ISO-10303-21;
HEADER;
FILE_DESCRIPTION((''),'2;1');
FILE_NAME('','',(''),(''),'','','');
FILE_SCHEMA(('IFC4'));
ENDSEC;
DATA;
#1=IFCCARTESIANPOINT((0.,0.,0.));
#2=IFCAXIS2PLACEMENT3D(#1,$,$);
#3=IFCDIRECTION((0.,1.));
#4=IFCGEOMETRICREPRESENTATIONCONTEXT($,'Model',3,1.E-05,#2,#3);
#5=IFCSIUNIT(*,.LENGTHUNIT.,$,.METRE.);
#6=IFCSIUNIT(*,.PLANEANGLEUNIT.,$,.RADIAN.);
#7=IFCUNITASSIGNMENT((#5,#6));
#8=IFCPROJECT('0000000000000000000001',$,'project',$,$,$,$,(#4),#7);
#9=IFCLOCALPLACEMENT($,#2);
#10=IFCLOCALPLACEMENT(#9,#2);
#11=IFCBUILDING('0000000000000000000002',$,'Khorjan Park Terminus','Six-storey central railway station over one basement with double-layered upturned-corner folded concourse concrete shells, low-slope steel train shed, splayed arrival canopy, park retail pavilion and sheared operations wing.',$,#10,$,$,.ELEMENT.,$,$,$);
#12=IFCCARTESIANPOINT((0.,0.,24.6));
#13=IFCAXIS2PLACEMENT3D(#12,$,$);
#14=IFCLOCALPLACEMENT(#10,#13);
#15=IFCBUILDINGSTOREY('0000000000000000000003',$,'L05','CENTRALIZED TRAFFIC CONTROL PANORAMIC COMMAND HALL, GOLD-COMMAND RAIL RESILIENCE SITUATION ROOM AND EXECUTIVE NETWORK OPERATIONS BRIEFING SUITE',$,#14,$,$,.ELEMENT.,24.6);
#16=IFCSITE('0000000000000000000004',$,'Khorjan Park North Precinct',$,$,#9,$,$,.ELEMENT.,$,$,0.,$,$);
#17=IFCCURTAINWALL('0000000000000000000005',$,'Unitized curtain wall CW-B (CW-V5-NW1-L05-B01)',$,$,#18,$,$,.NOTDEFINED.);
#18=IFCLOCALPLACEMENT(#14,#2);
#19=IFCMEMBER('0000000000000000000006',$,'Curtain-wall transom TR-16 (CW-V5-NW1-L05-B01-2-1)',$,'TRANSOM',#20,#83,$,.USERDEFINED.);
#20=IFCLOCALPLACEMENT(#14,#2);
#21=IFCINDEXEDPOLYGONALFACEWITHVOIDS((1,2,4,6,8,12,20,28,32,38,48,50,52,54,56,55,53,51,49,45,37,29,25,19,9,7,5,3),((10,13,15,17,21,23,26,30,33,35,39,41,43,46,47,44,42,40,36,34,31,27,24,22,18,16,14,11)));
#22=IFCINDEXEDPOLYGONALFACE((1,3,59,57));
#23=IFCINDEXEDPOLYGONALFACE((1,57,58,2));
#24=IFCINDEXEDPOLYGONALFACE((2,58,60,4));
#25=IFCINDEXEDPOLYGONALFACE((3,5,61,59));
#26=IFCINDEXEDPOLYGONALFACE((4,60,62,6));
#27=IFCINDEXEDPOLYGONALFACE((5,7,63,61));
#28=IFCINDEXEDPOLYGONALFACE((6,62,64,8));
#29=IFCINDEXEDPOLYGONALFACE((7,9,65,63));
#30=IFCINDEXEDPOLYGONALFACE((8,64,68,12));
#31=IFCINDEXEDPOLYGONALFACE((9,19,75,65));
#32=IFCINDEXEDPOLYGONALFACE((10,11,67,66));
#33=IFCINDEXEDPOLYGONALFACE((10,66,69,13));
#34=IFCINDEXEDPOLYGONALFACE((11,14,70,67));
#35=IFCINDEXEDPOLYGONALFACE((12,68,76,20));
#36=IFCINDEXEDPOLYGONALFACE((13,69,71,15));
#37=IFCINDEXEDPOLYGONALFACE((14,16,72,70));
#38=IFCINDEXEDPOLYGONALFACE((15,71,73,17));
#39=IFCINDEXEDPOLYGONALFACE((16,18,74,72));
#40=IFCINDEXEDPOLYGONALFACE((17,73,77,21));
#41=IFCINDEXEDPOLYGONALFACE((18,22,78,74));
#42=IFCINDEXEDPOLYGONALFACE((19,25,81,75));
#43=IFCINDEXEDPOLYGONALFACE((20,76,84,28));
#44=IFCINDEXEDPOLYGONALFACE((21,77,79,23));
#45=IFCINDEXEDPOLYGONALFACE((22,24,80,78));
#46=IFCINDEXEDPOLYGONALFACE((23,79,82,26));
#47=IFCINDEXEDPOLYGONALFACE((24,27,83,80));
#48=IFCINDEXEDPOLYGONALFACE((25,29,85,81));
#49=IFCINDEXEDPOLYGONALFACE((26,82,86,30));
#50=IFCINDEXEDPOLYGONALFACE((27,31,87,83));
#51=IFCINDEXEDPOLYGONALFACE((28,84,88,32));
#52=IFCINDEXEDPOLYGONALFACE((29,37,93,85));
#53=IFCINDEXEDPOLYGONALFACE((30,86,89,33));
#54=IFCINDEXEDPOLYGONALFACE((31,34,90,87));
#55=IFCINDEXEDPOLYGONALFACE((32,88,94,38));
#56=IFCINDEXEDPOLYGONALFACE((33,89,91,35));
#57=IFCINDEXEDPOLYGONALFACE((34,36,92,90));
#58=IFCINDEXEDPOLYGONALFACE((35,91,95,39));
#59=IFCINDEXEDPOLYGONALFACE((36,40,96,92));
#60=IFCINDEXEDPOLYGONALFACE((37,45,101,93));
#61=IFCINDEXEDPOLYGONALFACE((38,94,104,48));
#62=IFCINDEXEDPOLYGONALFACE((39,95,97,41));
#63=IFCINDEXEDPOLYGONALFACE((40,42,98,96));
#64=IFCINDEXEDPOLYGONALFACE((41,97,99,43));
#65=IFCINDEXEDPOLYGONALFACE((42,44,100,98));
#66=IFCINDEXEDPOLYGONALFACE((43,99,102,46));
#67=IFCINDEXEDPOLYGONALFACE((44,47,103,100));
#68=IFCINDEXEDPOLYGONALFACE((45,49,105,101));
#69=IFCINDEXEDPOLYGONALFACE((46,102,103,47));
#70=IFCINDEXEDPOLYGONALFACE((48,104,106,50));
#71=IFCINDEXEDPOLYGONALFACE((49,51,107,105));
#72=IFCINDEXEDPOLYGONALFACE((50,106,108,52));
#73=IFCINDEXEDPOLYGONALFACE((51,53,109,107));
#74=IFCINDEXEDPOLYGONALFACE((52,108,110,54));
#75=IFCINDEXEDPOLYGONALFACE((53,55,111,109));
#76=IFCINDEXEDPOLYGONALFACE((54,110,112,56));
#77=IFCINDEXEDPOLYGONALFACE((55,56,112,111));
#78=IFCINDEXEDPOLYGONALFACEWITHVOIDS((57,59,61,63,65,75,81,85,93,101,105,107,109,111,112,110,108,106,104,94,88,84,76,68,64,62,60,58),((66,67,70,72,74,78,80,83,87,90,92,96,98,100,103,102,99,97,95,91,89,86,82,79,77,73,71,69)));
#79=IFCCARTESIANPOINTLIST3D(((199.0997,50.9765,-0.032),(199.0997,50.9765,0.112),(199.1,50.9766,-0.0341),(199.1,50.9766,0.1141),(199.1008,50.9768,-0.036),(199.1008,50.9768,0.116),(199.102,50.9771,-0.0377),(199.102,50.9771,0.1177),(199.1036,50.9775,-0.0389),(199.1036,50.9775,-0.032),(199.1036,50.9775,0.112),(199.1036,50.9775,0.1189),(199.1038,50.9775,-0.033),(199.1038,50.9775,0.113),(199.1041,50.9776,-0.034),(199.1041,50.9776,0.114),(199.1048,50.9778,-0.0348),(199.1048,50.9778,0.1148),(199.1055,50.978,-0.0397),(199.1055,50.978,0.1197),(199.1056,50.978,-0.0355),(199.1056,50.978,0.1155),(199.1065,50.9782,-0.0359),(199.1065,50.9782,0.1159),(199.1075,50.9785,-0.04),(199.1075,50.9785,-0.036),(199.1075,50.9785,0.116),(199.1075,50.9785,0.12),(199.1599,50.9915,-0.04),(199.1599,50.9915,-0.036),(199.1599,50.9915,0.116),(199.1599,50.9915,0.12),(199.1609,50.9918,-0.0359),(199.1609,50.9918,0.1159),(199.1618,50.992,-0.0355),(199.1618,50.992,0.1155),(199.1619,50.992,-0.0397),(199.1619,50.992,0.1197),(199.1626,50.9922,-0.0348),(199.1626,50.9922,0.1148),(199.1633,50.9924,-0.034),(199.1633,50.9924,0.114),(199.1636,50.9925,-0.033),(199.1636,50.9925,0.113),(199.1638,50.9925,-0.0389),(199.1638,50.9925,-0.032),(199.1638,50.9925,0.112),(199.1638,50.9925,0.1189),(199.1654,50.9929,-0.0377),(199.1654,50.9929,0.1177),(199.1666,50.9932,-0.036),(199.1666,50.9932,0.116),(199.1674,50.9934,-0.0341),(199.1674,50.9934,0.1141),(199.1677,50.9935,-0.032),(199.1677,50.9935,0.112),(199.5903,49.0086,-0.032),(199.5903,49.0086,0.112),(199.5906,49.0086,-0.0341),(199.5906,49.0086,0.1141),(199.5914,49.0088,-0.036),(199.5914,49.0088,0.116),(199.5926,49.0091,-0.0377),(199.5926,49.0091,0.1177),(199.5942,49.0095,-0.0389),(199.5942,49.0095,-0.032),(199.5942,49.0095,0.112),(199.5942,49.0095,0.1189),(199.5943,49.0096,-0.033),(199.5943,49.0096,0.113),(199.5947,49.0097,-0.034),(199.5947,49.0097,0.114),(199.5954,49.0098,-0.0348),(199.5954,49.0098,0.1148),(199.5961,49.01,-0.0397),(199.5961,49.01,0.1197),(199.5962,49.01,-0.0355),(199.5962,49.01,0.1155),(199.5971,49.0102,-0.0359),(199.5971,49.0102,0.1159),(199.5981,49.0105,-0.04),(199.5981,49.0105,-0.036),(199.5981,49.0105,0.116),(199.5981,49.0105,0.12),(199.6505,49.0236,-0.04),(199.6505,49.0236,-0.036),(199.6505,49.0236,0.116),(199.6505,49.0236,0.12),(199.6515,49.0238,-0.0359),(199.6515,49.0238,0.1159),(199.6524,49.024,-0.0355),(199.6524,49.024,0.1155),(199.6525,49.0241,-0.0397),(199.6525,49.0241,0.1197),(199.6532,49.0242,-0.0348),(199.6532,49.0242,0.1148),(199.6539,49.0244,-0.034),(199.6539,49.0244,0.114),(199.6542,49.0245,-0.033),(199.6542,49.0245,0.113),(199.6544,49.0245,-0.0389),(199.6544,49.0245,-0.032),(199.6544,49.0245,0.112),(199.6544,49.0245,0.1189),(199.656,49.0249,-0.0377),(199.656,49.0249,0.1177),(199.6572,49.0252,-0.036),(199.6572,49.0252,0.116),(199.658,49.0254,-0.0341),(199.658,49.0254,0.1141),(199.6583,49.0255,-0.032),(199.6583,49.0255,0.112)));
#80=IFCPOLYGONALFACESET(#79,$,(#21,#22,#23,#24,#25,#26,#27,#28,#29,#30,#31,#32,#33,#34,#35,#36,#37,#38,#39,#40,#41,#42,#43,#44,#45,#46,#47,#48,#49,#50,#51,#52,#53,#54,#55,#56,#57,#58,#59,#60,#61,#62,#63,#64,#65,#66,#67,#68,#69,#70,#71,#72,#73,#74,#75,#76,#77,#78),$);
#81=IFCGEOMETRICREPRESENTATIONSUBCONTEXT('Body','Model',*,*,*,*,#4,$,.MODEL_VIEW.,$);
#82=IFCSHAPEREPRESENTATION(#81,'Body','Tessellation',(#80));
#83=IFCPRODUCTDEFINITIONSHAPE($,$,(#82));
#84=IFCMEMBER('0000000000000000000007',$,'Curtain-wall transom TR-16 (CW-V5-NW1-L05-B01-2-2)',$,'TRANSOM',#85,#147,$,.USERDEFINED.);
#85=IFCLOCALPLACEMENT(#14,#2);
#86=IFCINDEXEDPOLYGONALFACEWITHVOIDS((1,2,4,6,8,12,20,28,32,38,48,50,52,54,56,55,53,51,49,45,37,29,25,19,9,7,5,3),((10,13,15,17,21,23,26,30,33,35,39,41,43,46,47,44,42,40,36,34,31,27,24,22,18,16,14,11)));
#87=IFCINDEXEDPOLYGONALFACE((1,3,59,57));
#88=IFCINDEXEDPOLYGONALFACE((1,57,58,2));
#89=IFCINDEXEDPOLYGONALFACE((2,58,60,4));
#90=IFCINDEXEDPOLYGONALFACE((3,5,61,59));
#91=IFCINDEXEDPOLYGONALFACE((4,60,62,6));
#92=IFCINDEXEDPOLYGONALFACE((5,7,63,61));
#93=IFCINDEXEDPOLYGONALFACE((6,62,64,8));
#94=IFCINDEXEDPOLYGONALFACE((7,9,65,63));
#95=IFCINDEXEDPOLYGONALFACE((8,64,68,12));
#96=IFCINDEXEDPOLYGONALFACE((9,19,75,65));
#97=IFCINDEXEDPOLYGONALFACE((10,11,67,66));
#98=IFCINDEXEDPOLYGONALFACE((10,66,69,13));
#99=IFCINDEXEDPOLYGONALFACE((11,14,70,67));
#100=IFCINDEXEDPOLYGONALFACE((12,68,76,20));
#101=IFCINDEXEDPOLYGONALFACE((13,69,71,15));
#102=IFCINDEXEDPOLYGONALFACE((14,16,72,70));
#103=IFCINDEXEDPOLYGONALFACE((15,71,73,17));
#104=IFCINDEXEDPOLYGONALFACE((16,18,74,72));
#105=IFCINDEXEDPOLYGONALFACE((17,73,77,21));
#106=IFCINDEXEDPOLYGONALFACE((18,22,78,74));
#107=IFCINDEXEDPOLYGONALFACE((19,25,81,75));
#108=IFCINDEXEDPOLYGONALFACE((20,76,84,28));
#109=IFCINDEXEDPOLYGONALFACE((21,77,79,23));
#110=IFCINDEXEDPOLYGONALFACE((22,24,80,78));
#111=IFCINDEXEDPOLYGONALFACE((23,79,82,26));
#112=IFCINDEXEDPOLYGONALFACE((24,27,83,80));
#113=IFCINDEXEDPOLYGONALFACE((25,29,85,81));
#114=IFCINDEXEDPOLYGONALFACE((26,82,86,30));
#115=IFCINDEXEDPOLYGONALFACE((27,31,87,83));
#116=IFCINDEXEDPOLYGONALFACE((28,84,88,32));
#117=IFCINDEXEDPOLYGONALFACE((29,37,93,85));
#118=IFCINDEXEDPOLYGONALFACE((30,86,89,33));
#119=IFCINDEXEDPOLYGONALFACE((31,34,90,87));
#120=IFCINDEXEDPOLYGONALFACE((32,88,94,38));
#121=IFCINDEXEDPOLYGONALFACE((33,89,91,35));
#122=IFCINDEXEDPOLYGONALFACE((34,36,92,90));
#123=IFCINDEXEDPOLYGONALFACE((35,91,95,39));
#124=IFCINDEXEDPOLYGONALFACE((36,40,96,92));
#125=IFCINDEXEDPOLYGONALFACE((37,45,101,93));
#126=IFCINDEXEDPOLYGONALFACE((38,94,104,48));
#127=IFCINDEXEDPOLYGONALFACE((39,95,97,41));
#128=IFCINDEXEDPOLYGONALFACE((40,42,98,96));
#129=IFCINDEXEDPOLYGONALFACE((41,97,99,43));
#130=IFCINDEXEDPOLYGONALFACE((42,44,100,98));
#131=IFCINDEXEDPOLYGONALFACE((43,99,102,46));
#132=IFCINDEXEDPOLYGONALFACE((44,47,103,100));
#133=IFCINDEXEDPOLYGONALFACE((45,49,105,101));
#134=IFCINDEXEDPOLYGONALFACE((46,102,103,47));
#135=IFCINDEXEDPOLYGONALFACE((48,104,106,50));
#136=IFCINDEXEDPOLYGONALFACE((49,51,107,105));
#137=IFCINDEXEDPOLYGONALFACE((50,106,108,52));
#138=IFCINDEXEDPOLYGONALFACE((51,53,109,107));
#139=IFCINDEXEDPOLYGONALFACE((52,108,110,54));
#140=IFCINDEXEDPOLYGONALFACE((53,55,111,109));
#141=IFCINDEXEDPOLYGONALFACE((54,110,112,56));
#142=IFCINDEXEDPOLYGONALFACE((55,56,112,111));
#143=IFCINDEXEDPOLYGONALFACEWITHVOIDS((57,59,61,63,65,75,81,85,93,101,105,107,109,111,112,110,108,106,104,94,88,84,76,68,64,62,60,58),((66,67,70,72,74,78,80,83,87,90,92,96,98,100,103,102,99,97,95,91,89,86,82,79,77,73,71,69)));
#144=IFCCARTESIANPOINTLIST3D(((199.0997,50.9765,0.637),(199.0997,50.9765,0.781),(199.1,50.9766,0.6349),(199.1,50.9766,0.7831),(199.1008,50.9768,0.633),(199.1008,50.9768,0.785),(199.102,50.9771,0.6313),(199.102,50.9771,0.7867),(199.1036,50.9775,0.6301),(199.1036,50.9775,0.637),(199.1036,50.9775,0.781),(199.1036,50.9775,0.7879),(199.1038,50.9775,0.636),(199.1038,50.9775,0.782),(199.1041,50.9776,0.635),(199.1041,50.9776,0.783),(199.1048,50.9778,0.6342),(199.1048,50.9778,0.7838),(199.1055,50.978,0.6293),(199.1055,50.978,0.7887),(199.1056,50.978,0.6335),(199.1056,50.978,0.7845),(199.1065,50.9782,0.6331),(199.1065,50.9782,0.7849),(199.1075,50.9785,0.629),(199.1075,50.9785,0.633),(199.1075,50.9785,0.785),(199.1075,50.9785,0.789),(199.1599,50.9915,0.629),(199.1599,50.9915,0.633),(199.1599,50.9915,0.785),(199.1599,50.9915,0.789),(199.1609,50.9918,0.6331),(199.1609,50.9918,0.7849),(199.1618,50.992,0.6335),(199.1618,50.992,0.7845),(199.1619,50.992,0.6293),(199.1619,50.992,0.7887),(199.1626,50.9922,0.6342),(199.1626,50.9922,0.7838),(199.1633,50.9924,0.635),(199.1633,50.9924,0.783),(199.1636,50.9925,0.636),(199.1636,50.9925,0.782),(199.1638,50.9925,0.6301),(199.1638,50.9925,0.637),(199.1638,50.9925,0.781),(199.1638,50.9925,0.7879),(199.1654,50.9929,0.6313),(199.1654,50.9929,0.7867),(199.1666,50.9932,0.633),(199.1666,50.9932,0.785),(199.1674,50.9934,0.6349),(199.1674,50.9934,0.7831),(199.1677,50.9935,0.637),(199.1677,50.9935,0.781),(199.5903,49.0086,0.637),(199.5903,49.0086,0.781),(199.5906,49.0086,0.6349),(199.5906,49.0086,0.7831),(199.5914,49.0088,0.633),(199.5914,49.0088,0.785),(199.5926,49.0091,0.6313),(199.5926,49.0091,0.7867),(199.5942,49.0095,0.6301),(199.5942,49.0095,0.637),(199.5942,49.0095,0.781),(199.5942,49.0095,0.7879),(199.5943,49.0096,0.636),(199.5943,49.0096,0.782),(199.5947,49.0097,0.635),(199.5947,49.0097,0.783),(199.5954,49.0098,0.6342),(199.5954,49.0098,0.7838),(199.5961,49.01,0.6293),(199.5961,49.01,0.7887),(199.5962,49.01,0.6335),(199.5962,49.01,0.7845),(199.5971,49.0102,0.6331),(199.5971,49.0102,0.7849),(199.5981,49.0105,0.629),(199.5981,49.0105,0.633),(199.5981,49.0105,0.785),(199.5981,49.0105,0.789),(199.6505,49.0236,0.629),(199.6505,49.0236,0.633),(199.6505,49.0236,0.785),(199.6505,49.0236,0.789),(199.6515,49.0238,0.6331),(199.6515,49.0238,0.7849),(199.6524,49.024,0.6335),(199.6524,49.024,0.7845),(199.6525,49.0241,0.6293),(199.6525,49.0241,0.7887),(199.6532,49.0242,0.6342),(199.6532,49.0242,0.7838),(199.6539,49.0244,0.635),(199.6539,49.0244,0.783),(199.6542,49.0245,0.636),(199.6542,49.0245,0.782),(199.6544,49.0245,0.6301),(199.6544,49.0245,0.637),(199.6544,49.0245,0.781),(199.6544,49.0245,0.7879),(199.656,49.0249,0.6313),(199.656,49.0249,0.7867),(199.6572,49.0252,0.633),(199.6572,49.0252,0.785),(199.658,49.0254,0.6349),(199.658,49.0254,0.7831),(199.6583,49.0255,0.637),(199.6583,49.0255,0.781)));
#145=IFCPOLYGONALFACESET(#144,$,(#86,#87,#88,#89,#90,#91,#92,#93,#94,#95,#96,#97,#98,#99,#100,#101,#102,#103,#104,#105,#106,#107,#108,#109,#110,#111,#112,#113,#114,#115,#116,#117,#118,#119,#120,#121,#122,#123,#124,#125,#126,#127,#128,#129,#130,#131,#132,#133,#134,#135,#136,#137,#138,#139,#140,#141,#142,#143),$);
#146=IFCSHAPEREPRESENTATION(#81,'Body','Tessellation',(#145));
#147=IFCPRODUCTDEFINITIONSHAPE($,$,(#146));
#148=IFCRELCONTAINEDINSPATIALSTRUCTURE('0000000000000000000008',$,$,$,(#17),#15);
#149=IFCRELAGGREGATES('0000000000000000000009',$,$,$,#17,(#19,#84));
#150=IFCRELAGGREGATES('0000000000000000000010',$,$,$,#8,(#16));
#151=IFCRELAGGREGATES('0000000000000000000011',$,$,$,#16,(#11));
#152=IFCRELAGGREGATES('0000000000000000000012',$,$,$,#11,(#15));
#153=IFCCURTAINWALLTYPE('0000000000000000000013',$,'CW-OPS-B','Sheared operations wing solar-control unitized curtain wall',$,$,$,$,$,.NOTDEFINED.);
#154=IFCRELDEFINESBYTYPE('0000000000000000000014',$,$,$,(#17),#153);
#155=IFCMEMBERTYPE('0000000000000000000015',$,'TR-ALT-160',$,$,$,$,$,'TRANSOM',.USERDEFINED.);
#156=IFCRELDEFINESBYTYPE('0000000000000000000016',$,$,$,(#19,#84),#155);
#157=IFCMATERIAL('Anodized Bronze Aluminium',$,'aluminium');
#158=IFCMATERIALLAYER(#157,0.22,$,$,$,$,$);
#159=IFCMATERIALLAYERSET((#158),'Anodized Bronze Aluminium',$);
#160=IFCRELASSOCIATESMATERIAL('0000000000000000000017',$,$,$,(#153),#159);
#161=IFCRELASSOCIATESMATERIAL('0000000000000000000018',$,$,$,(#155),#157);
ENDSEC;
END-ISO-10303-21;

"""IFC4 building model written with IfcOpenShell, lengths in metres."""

from ifc_helpers import new_model, si_unit, direction, frame, origin, origin_2d, place, context, subcontext, project, spatial, hollow_rectangle, extrude, material, layer, layer_set, material_profile, profile_set, type_object, element, aggregate, save


model = new_model("IFC4")

# Units and contexts
model_context = context("Model", 3, precision=1e-05, world=origin(), true_north=direction((0.0, 1.0)))
body_context = subcontext(model_context, "Body", "Model", "MODEL_VIEW")
ifc_project = project(units=[si_unit("LENGTHUNIT", "METRE"), si_unit("PLANEANGLEUNIT", "RADIAN")], contexts=[model_context])

# Site, building, storey
site_placement = place(None, origin())
site = spatial("IfcSite", under=ifc_project, at=site_placement, Name="Khorjan Park North Precinct", CompositionType="ELEMENT", RefElevation=0.0)
building_placement = place(site_placement, origin())
building = spatial("IfcBuilding", under=site, at=building_placement, Name="Khorjan Park Terminus", Description="Six-storey central railway station over one basement with double-layered upturned-corner folded concourse concrete shells, low-slope steel train shed, splayed arrival canopy, park retail pavilion and sheared operations wing.", CompositionType="ELEMENT")
storey_placement = place(building_placement, frame((0.0, 0.0, 24.6)))
storey = spatial("IfcBuildingStorey", under=building, at=storey_placement, Name="L05", Description="CENTRALIZED TRAFFIC CONTROL PANORAMIC COMMAND HALL, GOLD-COMMAND RAIL RESILIENCE SITUATION ROOM AND EXECUTIVE NETWORK OPERATIONS BRIEFING SUITE", CompositionType="ELEMENT", Elevation=24.6)

# Curtain wall, members
ifc_material_1 = material(Name="Anodized Bronze Aluminium", Category="aluminium")
ifc_layer_1 = layer(ifc_material_1, 0.22)
ifc_layer_set_1 = layer_set([ifc_layer_1], Name="Anodized Bronze Aluminium")
curtain_wall_type = type_object("IfcCurtainWallType", Name="CW-OPS-B", Description="Sheared operations wing solar-control unitized curtain wall", PredefinedType="NOTDEFINED", material=ifc_layer_set_1)
curtain_wall_placement = place(storey_placement, origin())
curtain_wall = element("IfcCurtainWall", 1, at=curtain_wall_placement, inside=storey, type_object=curtain_wall_type, Name="Unitized curtain wall CW-B (CW-V5-NW1-L05-B01)", PredefinedType="NOTDEFINED")
ifc_material_profile_1 = material_profile(ifc_material_1, hollow_rectangle(XDim=0.07, YDim=0.16, WallThickness=0.004, InnerFilletRadius=0.004, OuterFilletRadius=0.008, at=origin_2d()), Name="ALT 70x160x4")
ifc_profile_set_1 = profile_set([ifc_material_profile_1], Name="Anodized Bronze Aluminium")
member_type_1 = type_object("IfcMemberType", Name="TR-ALT-160", ElementType="TRANSOM", PredefinedType="USERDEFINED", material=ifc_profile_set_1)
member_1_placement = place(storey_placement, frame((199.1337, 50.985, 0.04), z_axis=(0.241886, -0.970305, 0.0), x_axis=(0.970305, 0.241886, 0.0)))
member_1 = element("IfcMember", 2, at=member_1_placement, type_object=member_type_1, Name="Curtain-wall transom TR-16 (CW-V5-NW1-L05-B01-2-1)", ObjectType="TRANSOM", PredefinedType="USERDEFINED", context=body_context, shape_type="SweptSolid", body=[
    extrude(hollow_rectangle(XDim=0.07, YDim=0.16, WallThickness=0.004, InnerFilletRadius=0.004, OuterFilletRadius=0.008, at=origin_2d()), origin(), (0.0, 0.0, 1.0), 2.0282),
])
member_2_placement = place(storey_placement, frame((199.1337, 50.985, 0.709), z_axis=(0.241886, -0.970305, 0.0), x_axis=(0.970305, 0.241886, 0.0)))
member_2 = element("IfcMember", 3, at=member_2_placement, type_object=member_type_1, Name="Curtain-wall transom TR-16 (CW-V5-NW1-L05-B01-2-2)", ObjectType="TRANSOM", PredefinedType="USERDEFINED", context=body_context, shape_type="SweptSolid", body=[
    extrude(hollow_rectangle(XDim=0.07, YDim=0.16, WallThickness=0.004, InnerFilletRadius=0.004, OuterFilletRadius=0.008, at=origin_2d()), origin(), (0.0, 0.0, 1.0), 2.0282),
])
aggregate(curtain_wall, [member_1, member_2])

save(model, "model.ifc")
